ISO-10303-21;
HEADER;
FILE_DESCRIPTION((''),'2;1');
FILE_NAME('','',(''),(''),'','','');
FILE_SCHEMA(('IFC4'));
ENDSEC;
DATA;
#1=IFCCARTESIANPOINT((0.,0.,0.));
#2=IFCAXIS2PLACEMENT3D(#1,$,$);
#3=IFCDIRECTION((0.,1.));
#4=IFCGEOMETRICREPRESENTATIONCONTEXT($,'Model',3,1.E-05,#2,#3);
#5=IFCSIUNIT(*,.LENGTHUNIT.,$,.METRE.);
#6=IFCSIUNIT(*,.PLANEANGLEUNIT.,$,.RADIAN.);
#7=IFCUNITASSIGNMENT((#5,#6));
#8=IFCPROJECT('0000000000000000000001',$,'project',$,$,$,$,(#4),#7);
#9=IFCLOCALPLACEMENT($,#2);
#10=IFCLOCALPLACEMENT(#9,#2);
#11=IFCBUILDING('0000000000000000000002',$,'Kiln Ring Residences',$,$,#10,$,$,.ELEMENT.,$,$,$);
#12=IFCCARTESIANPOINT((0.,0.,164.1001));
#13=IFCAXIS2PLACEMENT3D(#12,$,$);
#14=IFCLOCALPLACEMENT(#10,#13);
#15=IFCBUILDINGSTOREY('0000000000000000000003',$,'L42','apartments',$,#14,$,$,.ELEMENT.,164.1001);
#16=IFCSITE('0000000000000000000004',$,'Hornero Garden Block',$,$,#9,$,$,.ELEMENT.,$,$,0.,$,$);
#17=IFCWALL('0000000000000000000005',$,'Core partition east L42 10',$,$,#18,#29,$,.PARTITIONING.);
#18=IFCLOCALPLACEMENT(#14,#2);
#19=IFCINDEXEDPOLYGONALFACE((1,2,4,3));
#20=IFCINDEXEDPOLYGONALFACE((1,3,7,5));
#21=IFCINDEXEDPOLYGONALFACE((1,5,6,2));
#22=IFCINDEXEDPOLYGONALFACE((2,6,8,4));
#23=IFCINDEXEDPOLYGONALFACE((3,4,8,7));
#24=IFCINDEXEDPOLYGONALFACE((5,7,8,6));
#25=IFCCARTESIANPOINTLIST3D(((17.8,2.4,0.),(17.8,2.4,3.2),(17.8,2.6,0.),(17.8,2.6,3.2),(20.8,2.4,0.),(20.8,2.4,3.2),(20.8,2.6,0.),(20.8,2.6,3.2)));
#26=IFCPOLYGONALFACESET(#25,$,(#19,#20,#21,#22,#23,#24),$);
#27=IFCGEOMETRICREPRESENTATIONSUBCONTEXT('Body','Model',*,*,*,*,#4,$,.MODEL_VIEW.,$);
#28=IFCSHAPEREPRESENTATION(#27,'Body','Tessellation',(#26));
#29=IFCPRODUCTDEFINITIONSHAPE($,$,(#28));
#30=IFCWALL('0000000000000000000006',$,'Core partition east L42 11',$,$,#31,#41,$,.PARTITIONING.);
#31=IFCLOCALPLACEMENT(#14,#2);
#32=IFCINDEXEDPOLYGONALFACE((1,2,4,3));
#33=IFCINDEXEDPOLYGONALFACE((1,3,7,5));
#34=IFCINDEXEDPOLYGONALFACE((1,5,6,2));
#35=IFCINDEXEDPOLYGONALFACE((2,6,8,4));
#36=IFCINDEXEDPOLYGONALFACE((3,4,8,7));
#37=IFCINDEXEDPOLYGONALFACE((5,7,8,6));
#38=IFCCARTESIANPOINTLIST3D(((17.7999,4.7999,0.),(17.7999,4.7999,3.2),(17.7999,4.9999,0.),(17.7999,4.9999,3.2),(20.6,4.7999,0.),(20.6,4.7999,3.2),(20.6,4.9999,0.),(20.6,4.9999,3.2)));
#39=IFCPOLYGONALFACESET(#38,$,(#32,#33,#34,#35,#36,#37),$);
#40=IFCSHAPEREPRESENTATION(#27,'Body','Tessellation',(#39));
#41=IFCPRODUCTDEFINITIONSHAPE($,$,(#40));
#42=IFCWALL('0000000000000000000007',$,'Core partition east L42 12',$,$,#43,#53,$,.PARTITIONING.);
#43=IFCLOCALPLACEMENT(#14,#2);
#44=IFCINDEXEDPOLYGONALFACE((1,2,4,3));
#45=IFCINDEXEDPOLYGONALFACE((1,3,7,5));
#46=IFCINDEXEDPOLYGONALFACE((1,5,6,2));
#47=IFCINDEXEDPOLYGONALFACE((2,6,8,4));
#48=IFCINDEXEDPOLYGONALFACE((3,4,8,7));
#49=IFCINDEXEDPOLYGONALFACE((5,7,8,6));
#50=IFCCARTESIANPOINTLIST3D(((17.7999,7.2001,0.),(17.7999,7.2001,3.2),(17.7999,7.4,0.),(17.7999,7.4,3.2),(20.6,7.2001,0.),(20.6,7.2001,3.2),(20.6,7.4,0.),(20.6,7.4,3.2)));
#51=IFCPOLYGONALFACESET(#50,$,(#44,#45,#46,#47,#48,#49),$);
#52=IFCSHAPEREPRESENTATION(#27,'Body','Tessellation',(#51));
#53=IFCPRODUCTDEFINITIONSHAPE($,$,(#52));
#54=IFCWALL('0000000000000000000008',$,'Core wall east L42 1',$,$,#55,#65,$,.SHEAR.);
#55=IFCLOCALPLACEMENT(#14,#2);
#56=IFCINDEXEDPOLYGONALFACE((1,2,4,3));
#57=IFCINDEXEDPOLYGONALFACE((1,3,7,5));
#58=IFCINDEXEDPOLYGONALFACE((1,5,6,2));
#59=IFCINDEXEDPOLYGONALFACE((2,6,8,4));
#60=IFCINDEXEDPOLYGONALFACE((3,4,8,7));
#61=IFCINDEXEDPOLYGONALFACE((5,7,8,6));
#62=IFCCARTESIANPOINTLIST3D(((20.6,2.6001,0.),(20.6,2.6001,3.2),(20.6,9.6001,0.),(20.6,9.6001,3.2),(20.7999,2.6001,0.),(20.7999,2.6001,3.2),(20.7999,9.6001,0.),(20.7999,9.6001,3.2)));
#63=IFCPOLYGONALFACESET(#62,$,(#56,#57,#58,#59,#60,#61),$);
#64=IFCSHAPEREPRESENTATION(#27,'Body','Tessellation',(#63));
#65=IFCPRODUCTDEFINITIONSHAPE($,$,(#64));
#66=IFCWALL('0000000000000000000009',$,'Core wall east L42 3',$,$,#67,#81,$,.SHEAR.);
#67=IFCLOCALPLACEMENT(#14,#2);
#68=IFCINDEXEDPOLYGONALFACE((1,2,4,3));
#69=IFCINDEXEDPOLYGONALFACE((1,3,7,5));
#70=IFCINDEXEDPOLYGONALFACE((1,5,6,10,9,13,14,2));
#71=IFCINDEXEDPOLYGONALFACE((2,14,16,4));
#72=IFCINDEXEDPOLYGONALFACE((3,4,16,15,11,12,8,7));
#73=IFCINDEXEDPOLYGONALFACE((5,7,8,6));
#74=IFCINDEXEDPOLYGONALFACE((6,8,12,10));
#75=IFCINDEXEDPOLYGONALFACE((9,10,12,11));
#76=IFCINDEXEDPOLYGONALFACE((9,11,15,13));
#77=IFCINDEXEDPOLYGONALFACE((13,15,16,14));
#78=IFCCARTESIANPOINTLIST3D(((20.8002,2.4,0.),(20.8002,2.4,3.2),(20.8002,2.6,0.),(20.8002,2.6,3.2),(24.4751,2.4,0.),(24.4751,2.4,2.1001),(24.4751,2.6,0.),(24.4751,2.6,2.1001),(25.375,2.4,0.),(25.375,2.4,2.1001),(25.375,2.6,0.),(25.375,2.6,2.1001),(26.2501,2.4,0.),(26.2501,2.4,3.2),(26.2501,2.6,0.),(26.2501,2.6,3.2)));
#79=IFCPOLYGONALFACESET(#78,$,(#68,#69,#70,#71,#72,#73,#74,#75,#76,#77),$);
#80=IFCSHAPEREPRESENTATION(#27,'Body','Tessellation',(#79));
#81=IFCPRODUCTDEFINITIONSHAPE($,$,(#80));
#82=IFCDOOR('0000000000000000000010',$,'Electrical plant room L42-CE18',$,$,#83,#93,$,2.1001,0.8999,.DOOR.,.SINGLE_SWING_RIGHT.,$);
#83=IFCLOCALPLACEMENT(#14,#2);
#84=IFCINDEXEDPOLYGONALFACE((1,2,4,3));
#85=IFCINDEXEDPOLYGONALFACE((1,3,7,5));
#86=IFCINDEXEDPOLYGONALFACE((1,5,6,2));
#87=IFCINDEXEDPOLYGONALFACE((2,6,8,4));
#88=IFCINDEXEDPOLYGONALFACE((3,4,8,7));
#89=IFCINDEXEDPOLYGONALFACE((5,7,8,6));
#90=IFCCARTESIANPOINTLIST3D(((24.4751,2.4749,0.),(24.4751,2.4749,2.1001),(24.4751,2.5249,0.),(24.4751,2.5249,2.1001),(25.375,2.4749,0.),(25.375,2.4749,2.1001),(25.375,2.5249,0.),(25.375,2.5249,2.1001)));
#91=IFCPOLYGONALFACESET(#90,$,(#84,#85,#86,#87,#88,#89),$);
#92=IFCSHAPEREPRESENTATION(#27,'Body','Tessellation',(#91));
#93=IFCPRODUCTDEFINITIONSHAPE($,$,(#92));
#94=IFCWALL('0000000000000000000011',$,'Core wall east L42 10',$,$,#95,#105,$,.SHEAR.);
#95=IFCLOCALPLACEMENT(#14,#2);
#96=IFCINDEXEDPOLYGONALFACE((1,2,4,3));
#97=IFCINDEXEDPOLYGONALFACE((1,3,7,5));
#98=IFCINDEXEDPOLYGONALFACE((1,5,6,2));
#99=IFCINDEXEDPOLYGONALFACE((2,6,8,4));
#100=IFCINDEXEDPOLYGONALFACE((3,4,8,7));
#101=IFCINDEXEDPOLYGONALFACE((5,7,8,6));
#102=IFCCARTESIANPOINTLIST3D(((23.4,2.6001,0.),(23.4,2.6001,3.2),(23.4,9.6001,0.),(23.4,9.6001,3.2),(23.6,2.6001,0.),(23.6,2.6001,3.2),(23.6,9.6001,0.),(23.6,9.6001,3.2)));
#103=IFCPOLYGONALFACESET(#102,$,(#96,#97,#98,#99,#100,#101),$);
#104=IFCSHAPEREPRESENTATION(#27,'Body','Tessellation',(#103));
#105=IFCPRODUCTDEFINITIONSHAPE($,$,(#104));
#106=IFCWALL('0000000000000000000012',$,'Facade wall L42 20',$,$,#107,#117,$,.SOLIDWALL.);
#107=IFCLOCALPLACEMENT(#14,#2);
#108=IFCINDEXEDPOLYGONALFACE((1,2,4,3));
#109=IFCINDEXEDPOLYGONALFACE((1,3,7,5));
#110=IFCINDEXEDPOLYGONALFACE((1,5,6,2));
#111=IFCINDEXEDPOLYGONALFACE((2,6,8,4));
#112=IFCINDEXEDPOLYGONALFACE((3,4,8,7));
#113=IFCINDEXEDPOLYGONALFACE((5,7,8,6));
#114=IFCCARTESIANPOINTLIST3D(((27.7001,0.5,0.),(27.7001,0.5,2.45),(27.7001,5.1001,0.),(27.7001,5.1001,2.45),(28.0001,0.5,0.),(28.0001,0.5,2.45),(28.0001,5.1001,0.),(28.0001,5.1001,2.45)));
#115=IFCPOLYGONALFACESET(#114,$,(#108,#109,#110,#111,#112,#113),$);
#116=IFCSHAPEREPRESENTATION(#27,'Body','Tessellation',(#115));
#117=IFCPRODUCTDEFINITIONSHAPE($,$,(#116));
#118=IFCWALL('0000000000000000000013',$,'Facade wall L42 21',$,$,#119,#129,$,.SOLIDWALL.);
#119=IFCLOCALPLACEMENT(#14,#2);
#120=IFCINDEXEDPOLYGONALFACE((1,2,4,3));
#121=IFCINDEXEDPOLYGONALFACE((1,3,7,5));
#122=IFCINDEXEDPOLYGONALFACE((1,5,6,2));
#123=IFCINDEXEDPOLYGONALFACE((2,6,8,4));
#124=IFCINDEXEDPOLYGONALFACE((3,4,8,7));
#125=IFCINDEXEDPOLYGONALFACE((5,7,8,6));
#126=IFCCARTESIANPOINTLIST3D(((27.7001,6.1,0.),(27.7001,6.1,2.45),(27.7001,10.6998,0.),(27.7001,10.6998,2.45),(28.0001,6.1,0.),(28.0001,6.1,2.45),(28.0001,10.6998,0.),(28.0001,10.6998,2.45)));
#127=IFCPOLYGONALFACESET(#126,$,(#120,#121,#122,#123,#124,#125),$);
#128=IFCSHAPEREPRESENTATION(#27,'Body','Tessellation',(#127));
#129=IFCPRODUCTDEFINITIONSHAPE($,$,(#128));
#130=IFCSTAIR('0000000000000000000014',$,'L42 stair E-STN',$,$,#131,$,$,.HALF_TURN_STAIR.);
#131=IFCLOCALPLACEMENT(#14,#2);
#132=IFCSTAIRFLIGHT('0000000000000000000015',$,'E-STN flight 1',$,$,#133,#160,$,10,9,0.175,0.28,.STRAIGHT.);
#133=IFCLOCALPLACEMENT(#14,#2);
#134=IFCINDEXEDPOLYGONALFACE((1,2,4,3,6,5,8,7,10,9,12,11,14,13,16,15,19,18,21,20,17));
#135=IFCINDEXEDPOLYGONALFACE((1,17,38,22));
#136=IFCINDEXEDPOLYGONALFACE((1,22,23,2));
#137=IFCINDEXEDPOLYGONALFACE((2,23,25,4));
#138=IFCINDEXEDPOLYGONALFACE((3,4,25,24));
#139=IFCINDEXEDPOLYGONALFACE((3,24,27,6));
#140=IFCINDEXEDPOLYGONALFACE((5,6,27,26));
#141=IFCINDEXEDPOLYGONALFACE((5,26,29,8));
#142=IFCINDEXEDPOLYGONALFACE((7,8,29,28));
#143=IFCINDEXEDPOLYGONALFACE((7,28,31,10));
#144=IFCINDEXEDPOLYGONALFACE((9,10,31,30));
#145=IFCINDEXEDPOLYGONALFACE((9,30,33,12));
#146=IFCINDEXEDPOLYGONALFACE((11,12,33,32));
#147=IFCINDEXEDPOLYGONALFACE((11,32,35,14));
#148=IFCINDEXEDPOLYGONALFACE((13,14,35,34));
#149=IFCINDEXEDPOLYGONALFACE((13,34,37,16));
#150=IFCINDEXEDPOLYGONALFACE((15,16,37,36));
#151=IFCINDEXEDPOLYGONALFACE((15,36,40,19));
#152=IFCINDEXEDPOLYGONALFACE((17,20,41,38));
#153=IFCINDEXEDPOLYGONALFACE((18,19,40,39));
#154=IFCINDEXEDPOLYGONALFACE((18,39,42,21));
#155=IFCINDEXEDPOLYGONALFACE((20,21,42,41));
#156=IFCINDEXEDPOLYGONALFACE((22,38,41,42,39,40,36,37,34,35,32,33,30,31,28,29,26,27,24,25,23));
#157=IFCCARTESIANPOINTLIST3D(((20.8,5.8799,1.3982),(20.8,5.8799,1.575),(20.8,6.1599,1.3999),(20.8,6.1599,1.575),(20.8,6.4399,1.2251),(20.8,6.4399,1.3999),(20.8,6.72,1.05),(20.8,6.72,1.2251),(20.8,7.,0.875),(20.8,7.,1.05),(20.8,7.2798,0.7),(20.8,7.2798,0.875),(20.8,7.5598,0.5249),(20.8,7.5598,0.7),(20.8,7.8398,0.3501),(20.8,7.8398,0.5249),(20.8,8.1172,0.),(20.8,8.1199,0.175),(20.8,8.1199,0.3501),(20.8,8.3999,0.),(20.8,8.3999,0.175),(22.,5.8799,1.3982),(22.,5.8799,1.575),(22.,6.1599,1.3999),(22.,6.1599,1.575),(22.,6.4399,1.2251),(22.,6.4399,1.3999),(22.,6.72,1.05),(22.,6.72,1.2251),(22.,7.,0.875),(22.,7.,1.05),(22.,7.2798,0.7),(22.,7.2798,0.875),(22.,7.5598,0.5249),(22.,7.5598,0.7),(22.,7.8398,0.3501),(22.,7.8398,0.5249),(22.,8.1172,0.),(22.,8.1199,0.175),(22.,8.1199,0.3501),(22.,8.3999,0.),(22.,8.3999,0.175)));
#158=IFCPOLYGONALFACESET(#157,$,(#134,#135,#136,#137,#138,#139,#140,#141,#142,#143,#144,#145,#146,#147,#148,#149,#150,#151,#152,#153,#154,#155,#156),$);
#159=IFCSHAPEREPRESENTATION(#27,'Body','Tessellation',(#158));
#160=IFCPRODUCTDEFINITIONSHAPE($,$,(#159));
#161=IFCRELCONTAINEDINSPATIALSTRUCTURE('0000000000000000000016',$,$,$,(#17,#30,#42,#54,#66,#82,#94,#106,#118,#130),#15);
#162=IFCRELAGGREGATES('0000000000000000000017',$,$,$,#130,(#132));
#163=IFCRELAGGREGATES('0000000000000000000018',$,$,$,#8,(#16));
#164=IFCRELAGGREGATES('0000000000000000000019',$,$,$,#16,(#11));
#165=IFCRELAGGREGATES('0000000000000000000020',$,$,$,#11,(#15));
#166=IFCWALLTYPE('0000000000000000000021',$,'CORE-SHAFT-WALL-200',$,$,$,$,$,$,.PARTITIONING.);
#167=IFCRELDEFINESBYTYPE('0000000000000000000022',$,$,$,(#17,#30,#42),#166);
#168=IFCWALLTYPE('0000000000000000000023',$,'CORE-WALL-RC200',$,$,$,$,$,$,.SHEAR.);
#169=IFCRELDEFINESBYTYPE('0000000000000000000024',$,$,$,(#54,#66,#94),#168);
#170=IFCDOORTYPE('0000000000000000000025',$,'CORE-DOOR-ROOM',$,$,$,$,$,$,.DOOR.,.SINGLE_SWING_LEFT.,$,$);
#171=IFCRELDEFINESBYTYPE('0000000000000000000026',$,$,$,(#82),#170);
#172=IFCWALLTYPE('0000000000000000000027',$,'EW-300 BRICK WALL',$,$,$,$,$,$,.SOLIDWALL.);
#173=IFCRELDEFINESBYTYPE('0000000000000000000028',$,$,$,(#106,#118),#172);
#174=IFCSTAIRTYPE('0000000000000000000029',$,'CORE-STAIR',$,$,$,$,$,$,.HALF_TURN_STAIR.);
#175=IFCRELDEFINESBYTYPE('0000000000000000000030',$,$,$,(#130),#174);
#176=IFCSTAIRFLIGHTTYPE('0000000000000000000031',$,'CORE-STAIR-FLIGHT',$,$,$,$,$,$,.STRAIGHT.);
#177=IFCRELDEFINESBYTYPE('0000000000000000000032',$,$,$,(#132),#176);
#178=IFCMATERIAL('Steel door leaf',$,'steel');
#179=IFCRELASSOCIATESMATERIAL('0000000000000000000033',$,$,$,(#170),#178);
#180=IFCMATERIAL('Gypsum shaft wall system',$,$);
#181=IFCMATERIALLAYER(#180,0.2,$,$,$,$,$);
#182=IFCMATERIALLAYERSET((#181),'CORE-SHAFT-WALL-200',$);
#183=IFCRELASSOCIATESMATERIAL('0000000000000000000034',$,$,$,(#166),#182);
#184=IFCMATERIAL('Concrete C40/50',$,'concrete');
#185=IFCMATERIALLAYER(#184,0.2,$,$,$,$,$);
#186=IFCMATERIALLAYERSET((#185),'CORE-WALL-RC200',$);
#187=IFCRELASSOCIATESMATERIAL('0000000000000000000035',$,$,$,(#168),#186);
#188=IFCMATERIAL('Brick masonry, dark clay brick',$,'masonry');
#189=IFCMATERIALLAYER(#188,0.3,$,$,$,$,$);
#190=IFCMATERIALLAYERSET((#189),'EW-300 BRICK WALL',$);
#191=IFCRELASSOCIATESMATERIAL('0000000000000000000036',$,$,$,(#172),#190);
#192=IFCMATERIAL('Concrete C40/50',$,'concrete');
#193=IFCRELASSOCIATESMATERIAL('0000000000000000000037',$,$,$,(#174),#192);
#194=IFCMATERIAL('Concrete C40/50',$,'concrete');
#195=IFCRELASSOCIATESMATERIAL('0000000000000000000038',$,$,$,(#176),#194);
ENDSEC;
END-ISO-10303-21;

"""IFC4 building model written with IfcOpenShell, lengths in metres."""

from ifc_helpers import new_model, si_unit, direction, frame, frame_2d, origin, place, context, subcontext, project, spatial, polyline, rectangle, outline, extrude, material, layer, layer_set, type_object, element, fill, aggregate, save


model = new_model("IFC4")

# Units and contexts
model_context = context("Model", 3, precision=1e-05, world=origin(), true_north=direction((0.0, 1.0)))
body_context = subcontext(model_context, "Body", "Model", "MODEL_VIEW")
ifc_project = project(units=[si_unit("LENGTHUNIT", "METRE"), si_unit("PLANEANGLEUNIT", "RADIAN")], contexts=[model_context])

# Site, building, storey
site_placement = place(None, origin())
site = spatial("IfcSite", under=ifc_project, at=site_placement, Name="Hornero Garden Block", CompositionType="ELEMENT", RefElevation=0.0)
building_placement = place(site_placement, origin())
building = spatial("IfcBuilding", under=site, at=building_placement, Name="Kiln Ring Residences", CompositionType="ELEMENT")
storey_placement = place(building_placement, frame((0.0, 0.0, 164.1001)))
storey = spatial("IfcBuildingStorey", under=building, at=storey_placement, Name="L42", Description="apartments", CompositionType="ELEMENT", Elevation=164.1001)

# Shared definitions
ifc_material_1 = material(Name="Steel door leaf", Category="steel")
door_type = type_object("IfcDoorType", Name="CORE-DOOR-ROOM", OperationType="SINGLE_SWING_LEFT", PredefinedType="DOOR", material=ifc_material_1)

# Shared definitions
ifc_material_2 = material(Name="Gypsum shaft wall system")
ifc_layer_1 = layer(ifc_material_2, 0.2)
ifc_layer_set_1 = layer_set([ifc_layer_1], Name="CORE-SHAFT-WALL-200")
wall_type_1 = type_object("IfcWallType", Name="CORE-SHAFT-WALL-200", PredefinedType="PARTITIONING", material=ifc_layer_set_1)

# Walls
wall_1_placement = place(storey_placement, frame((17.8, 2.5, 0.0), z_axis=(0.0, 0.0, 1.0), x_axis=(1.0, 0.0, 0.0)))
element("IfcWall", 1, at=wall_1_placement, inside=storey, type_object=wall_type_1, Name="Core partition east L42 10", PredefinedType="PARTITIONING", context=body_context, shape_type="SweptSolid", body=[
    extrude(rectangle(XDim=3.0, YDim=0.2, at=frame_2d((1.5, 0.0))), origin(), (0.0, 0.0, 1.0), 3.2),
])
for number, where, z_axis, x_axis, name in (
    (2, (17.8, 4.8999, 0.0), (0.0, 0.0, 1.0), (1.0, 0.0, 0.0), "Core partition east L42 11"),
    (3, (17.8, 7.3, 0.0), (0.0, 0.0, 1.0), (1.0, 0.0, 0.0), "Core partition east L42 12"),
):
    element("IfcWall", number, at=place(storey_placement, frame(where, z_axis=z_axis, x_axis=x_axis)), inside=storey, type_object=wall_type_1, Name=name, PredefinedType="PARTITIONING", context=body_context, shape_type="SweptSolid", body=[
        extrude(rectangle(XDim=2.8, YDim=0.2, at=frame_2d((1.3999, 0.0))), origin(), (0.0, 0.0, 1.0), 3.2),
    ])
ifc_material_3 = material(Name="Concrete C40/50", Category="concrete")
ifc_layer_2 = layer(ifc_material_3, 0.2)
ifc_layer_set_2 = layer_set([ifc_layer_2], Name="CORE-WALL-RC200")
wall_type_2 = type_object("IfcWallType", Name="CORE-WALL-RC200", PredefinedType="SHEAR", material=ifc_layer_set_2)
wall_2_placement = place(storey_placement, frame((20.7, 2.6001, 0.0), z_axis=(0.0, 0.0, 1.0), x_axis=(0.0, 1.0, 0.0)))
element("IfcWall", 4, at=wall_2_placement, inside=storey, type_object=wall_type_2, Name="Core wall east L42 1", PredefinedType="SHEAR", context=body_context, shape_type="SweptSolid", body=[
    extrude(rectangle(XDim=7.0, YDim=0.2, at=frame_2d((3.5, 0.0))), origin(), (0.0, 0.0, 1.0), 3.2),
])

# Wall, opening, door
wall_3_placement = place(storey_placement, frame((20.8, 2.5, 0.0), z_axis=(0.0, 0.0, 1.0), x_axis=(1.0, 0.0, 0.0)))
wall_3 = element("IfcWall", 5, at=wall_3_placement, inside=storey, type_object=wall_type_2, Name="Core wall east L42 3", PredefinedType="SHEAR", context=body_context, shape_type="SweptSolid", body=[
    extrude(rectangle(XDim=5.45, YDim=0.2, at=frame_2d((2.7251, 0.0))), origin(), (0.0, 0.0, 1.0), 3.2),
])
opening_1_placement = place(wall_3_placement, frame((3.675, 0.0, 0.0)))
opening_1 = element("IfcOpeningElement", 6, at=opening_1_placement, cuts=wall_3, PredefinedType="OPENING", context=body_context, shape_type="SweptSolid", body=[
    extrude(rectangle(XDim=0.8999, YDim=2.1001, at=frame_2d((0.45, 1.05))), frame((0.0, 0.1099, 0.0), z_axis=(0.0, -1.0, 0.0), x_axis=(1.0, 0.0, 0.0)), (0.0, 0.0, 1.0), 0.22),
])
door_1_placement = place(opening_1_placement, origin())
door_1 = element("IfcDoor", 7, at=door_1_placement, inside=storey, type_object=door_type, Name="Electrical plant room L42-CE18", OperationType="SINGLE_SWING_RIGHT", OverallHeight=2.1001, OverallWidth=0.8999, PredefinedType="DOOR", context=body_context, shape_type="SweptSolid", body=[
    extrude(rectangle(XDim=0.8999, YDim=2.1001, at=frame_2d((0.45, 1.05))), frame((0.0, 0.0249, 0.0), z_axis=(0.0, -1.0, 0.0), x_axis=(1.0, 0.0, 0.0)), (0.0, 0.0, 1.0), 0.05),
])
fill(opening_1, door_1)

# Walls
wall_4_placement = place(storey_placement, frame((23.5, 2.6001, 0.0), z_axis=(0.0, 0.0, 1.0), x_axis=(0.0, 1.0, 0.0)))
element("IfcWall", 8, at=wall_4_placement, inside=storey, type_object=wall_type_2, Name="Core wall east L42 10", PredefinedType="SHEAR", context=body_context, shape_type="SweptSolid", body=[
    extrude(rectangle(XDim=7.0, YDim=0.2, at=frame_2d((3.5, 0.0))), origin(), (0.0, 0.0, 1.0), 3.2),
])
ifc_material_4 = material(Name="Brick masonry, dark clay brick", Category="masonry")
ifc_layer_3 = layer(ifc_material_4, 0.3)
ifc_layer_set_3 = layer_set([ifc_layer_3], Name="EW-300 BRICK WALL")
wall_type_3 = type_object("IfcWallType", Name="EW-300 BRICK WALL", PredefinedType="SOLIDWALL", material=ifc_layer_set_3)
wall_5_placement = place(storey_placement, frame((27.8501, 0.5, 0.0), z_axis=(0.0, 0.0, 1.0), x_axis=(0.0, 1.0, 0.0)))
element("IfcWall", 9, at=wall_5_placement, inside=storey, type_object=wall_type_3, Name="Facade wall L42 20", PredefinedType="SOLIDWALL", context=body_context, shape_type="SweptSolid", body=[
    extrude(rectangle(XDim=4.6001, YDim=0.3, at=frame_2d((2.3, 0.0))), origin(), (0.0, 0.0, 1.0), 2.45),
])
wall_6_placement = place(storey_placement, frame((27.8501, 6.1001, 0.0), z_axis=(0.0, 0.0, 1.0), x_axis=(0.0, 1.0, 0.0)))
element("IfcWall", 10, at=wall_6_placement, inside=storey, type_object=wall_type_3, Name="Facade wall L42 21", PredefinedType="SOLIDWALL", context=body_context, shape_type="SweptSolid", body=[
    extrude(rectangle(XDim=4.5999, YDim=0.3, at=frame_2d((2.2998, 0.0))), origin(), (0.0, 0.0, 1.0), 2.45),
])

# Stair, stair flight
ifc_material_5 = material(Name="Concrete C40/50", Category="concrete")
stair_type = type_object("IfcStairType", Name="CORE-STAIR", PredefinedType="HALF_TURN_STAIR", material=ifc_material_5)
stair_placement = place(storey_placement, origin())
stair = element("IfcStair", 11, at=stair_placement, inside=storey, type_object=stair_type, Name="L42 stair E-STN", PredefinedType="HALF_TURN_STAIR")
ifc_material_6 = material(Name="Concrete C40/50", Category="concrete")
stair_flight_type = type_object("IfcStairFlightType", Name="CORE-STAIR-FLIGHT", PredefinedType="STRAIGHT", material=ifc_material_6)
stair_flight_1_placement = place(storey_placement, frame((21.3999, 8.3999, 0.0), z_axis=(0.0, 0.0, 1.0), x_axis=(0.0, -1.0, 0.0)))
stair_flight_1 = element("IfcStairFlight", 12, at=stair_flight_1_placement, type_object=stair_flight_type, Name="E-STN flight 1", NumberOfRisers=10, NumberOfTreads=9, PredefinedType="STRAIGHT", RiserHeight=0.175, TreadLength=0.28, context=body_context, shape_type="SweptSolid", body=[
    extrude(outline(polyline([(0.0, 0.0), (0.0, 0.175), (0.28, 0.175), (0.28, 0.3501), (0.5601, 0.3501), (0.5601, 0.5249), (0.8401, 0.5249), (0.8401, 0.7), (1.1201, 0.7), (1.1201, 0.875), (1.3999, 0.875), (1.3999, 1.05), (1.6799, 1.05), (1.6799, 1.2251), (1.96, 1.2251), (1.96, 1.3999), (2.24, 1.3999), (2.24, 1.575), (2.52, 1.575), (2.52, 1.75), (2.52, 1.3982), (0.2827, 0.0), (0.0, 0.0)])), frame((0.0, 0.6001, 0.0), z_axis=(0.0, -1.0, 0.0), x_axis=(1.0, 0.0, 0.0)), (0.0, 0.0, 1.0), 1.2),
])
aggregate(stair, [stair_flight_1])

save(model, "model.ifc")
